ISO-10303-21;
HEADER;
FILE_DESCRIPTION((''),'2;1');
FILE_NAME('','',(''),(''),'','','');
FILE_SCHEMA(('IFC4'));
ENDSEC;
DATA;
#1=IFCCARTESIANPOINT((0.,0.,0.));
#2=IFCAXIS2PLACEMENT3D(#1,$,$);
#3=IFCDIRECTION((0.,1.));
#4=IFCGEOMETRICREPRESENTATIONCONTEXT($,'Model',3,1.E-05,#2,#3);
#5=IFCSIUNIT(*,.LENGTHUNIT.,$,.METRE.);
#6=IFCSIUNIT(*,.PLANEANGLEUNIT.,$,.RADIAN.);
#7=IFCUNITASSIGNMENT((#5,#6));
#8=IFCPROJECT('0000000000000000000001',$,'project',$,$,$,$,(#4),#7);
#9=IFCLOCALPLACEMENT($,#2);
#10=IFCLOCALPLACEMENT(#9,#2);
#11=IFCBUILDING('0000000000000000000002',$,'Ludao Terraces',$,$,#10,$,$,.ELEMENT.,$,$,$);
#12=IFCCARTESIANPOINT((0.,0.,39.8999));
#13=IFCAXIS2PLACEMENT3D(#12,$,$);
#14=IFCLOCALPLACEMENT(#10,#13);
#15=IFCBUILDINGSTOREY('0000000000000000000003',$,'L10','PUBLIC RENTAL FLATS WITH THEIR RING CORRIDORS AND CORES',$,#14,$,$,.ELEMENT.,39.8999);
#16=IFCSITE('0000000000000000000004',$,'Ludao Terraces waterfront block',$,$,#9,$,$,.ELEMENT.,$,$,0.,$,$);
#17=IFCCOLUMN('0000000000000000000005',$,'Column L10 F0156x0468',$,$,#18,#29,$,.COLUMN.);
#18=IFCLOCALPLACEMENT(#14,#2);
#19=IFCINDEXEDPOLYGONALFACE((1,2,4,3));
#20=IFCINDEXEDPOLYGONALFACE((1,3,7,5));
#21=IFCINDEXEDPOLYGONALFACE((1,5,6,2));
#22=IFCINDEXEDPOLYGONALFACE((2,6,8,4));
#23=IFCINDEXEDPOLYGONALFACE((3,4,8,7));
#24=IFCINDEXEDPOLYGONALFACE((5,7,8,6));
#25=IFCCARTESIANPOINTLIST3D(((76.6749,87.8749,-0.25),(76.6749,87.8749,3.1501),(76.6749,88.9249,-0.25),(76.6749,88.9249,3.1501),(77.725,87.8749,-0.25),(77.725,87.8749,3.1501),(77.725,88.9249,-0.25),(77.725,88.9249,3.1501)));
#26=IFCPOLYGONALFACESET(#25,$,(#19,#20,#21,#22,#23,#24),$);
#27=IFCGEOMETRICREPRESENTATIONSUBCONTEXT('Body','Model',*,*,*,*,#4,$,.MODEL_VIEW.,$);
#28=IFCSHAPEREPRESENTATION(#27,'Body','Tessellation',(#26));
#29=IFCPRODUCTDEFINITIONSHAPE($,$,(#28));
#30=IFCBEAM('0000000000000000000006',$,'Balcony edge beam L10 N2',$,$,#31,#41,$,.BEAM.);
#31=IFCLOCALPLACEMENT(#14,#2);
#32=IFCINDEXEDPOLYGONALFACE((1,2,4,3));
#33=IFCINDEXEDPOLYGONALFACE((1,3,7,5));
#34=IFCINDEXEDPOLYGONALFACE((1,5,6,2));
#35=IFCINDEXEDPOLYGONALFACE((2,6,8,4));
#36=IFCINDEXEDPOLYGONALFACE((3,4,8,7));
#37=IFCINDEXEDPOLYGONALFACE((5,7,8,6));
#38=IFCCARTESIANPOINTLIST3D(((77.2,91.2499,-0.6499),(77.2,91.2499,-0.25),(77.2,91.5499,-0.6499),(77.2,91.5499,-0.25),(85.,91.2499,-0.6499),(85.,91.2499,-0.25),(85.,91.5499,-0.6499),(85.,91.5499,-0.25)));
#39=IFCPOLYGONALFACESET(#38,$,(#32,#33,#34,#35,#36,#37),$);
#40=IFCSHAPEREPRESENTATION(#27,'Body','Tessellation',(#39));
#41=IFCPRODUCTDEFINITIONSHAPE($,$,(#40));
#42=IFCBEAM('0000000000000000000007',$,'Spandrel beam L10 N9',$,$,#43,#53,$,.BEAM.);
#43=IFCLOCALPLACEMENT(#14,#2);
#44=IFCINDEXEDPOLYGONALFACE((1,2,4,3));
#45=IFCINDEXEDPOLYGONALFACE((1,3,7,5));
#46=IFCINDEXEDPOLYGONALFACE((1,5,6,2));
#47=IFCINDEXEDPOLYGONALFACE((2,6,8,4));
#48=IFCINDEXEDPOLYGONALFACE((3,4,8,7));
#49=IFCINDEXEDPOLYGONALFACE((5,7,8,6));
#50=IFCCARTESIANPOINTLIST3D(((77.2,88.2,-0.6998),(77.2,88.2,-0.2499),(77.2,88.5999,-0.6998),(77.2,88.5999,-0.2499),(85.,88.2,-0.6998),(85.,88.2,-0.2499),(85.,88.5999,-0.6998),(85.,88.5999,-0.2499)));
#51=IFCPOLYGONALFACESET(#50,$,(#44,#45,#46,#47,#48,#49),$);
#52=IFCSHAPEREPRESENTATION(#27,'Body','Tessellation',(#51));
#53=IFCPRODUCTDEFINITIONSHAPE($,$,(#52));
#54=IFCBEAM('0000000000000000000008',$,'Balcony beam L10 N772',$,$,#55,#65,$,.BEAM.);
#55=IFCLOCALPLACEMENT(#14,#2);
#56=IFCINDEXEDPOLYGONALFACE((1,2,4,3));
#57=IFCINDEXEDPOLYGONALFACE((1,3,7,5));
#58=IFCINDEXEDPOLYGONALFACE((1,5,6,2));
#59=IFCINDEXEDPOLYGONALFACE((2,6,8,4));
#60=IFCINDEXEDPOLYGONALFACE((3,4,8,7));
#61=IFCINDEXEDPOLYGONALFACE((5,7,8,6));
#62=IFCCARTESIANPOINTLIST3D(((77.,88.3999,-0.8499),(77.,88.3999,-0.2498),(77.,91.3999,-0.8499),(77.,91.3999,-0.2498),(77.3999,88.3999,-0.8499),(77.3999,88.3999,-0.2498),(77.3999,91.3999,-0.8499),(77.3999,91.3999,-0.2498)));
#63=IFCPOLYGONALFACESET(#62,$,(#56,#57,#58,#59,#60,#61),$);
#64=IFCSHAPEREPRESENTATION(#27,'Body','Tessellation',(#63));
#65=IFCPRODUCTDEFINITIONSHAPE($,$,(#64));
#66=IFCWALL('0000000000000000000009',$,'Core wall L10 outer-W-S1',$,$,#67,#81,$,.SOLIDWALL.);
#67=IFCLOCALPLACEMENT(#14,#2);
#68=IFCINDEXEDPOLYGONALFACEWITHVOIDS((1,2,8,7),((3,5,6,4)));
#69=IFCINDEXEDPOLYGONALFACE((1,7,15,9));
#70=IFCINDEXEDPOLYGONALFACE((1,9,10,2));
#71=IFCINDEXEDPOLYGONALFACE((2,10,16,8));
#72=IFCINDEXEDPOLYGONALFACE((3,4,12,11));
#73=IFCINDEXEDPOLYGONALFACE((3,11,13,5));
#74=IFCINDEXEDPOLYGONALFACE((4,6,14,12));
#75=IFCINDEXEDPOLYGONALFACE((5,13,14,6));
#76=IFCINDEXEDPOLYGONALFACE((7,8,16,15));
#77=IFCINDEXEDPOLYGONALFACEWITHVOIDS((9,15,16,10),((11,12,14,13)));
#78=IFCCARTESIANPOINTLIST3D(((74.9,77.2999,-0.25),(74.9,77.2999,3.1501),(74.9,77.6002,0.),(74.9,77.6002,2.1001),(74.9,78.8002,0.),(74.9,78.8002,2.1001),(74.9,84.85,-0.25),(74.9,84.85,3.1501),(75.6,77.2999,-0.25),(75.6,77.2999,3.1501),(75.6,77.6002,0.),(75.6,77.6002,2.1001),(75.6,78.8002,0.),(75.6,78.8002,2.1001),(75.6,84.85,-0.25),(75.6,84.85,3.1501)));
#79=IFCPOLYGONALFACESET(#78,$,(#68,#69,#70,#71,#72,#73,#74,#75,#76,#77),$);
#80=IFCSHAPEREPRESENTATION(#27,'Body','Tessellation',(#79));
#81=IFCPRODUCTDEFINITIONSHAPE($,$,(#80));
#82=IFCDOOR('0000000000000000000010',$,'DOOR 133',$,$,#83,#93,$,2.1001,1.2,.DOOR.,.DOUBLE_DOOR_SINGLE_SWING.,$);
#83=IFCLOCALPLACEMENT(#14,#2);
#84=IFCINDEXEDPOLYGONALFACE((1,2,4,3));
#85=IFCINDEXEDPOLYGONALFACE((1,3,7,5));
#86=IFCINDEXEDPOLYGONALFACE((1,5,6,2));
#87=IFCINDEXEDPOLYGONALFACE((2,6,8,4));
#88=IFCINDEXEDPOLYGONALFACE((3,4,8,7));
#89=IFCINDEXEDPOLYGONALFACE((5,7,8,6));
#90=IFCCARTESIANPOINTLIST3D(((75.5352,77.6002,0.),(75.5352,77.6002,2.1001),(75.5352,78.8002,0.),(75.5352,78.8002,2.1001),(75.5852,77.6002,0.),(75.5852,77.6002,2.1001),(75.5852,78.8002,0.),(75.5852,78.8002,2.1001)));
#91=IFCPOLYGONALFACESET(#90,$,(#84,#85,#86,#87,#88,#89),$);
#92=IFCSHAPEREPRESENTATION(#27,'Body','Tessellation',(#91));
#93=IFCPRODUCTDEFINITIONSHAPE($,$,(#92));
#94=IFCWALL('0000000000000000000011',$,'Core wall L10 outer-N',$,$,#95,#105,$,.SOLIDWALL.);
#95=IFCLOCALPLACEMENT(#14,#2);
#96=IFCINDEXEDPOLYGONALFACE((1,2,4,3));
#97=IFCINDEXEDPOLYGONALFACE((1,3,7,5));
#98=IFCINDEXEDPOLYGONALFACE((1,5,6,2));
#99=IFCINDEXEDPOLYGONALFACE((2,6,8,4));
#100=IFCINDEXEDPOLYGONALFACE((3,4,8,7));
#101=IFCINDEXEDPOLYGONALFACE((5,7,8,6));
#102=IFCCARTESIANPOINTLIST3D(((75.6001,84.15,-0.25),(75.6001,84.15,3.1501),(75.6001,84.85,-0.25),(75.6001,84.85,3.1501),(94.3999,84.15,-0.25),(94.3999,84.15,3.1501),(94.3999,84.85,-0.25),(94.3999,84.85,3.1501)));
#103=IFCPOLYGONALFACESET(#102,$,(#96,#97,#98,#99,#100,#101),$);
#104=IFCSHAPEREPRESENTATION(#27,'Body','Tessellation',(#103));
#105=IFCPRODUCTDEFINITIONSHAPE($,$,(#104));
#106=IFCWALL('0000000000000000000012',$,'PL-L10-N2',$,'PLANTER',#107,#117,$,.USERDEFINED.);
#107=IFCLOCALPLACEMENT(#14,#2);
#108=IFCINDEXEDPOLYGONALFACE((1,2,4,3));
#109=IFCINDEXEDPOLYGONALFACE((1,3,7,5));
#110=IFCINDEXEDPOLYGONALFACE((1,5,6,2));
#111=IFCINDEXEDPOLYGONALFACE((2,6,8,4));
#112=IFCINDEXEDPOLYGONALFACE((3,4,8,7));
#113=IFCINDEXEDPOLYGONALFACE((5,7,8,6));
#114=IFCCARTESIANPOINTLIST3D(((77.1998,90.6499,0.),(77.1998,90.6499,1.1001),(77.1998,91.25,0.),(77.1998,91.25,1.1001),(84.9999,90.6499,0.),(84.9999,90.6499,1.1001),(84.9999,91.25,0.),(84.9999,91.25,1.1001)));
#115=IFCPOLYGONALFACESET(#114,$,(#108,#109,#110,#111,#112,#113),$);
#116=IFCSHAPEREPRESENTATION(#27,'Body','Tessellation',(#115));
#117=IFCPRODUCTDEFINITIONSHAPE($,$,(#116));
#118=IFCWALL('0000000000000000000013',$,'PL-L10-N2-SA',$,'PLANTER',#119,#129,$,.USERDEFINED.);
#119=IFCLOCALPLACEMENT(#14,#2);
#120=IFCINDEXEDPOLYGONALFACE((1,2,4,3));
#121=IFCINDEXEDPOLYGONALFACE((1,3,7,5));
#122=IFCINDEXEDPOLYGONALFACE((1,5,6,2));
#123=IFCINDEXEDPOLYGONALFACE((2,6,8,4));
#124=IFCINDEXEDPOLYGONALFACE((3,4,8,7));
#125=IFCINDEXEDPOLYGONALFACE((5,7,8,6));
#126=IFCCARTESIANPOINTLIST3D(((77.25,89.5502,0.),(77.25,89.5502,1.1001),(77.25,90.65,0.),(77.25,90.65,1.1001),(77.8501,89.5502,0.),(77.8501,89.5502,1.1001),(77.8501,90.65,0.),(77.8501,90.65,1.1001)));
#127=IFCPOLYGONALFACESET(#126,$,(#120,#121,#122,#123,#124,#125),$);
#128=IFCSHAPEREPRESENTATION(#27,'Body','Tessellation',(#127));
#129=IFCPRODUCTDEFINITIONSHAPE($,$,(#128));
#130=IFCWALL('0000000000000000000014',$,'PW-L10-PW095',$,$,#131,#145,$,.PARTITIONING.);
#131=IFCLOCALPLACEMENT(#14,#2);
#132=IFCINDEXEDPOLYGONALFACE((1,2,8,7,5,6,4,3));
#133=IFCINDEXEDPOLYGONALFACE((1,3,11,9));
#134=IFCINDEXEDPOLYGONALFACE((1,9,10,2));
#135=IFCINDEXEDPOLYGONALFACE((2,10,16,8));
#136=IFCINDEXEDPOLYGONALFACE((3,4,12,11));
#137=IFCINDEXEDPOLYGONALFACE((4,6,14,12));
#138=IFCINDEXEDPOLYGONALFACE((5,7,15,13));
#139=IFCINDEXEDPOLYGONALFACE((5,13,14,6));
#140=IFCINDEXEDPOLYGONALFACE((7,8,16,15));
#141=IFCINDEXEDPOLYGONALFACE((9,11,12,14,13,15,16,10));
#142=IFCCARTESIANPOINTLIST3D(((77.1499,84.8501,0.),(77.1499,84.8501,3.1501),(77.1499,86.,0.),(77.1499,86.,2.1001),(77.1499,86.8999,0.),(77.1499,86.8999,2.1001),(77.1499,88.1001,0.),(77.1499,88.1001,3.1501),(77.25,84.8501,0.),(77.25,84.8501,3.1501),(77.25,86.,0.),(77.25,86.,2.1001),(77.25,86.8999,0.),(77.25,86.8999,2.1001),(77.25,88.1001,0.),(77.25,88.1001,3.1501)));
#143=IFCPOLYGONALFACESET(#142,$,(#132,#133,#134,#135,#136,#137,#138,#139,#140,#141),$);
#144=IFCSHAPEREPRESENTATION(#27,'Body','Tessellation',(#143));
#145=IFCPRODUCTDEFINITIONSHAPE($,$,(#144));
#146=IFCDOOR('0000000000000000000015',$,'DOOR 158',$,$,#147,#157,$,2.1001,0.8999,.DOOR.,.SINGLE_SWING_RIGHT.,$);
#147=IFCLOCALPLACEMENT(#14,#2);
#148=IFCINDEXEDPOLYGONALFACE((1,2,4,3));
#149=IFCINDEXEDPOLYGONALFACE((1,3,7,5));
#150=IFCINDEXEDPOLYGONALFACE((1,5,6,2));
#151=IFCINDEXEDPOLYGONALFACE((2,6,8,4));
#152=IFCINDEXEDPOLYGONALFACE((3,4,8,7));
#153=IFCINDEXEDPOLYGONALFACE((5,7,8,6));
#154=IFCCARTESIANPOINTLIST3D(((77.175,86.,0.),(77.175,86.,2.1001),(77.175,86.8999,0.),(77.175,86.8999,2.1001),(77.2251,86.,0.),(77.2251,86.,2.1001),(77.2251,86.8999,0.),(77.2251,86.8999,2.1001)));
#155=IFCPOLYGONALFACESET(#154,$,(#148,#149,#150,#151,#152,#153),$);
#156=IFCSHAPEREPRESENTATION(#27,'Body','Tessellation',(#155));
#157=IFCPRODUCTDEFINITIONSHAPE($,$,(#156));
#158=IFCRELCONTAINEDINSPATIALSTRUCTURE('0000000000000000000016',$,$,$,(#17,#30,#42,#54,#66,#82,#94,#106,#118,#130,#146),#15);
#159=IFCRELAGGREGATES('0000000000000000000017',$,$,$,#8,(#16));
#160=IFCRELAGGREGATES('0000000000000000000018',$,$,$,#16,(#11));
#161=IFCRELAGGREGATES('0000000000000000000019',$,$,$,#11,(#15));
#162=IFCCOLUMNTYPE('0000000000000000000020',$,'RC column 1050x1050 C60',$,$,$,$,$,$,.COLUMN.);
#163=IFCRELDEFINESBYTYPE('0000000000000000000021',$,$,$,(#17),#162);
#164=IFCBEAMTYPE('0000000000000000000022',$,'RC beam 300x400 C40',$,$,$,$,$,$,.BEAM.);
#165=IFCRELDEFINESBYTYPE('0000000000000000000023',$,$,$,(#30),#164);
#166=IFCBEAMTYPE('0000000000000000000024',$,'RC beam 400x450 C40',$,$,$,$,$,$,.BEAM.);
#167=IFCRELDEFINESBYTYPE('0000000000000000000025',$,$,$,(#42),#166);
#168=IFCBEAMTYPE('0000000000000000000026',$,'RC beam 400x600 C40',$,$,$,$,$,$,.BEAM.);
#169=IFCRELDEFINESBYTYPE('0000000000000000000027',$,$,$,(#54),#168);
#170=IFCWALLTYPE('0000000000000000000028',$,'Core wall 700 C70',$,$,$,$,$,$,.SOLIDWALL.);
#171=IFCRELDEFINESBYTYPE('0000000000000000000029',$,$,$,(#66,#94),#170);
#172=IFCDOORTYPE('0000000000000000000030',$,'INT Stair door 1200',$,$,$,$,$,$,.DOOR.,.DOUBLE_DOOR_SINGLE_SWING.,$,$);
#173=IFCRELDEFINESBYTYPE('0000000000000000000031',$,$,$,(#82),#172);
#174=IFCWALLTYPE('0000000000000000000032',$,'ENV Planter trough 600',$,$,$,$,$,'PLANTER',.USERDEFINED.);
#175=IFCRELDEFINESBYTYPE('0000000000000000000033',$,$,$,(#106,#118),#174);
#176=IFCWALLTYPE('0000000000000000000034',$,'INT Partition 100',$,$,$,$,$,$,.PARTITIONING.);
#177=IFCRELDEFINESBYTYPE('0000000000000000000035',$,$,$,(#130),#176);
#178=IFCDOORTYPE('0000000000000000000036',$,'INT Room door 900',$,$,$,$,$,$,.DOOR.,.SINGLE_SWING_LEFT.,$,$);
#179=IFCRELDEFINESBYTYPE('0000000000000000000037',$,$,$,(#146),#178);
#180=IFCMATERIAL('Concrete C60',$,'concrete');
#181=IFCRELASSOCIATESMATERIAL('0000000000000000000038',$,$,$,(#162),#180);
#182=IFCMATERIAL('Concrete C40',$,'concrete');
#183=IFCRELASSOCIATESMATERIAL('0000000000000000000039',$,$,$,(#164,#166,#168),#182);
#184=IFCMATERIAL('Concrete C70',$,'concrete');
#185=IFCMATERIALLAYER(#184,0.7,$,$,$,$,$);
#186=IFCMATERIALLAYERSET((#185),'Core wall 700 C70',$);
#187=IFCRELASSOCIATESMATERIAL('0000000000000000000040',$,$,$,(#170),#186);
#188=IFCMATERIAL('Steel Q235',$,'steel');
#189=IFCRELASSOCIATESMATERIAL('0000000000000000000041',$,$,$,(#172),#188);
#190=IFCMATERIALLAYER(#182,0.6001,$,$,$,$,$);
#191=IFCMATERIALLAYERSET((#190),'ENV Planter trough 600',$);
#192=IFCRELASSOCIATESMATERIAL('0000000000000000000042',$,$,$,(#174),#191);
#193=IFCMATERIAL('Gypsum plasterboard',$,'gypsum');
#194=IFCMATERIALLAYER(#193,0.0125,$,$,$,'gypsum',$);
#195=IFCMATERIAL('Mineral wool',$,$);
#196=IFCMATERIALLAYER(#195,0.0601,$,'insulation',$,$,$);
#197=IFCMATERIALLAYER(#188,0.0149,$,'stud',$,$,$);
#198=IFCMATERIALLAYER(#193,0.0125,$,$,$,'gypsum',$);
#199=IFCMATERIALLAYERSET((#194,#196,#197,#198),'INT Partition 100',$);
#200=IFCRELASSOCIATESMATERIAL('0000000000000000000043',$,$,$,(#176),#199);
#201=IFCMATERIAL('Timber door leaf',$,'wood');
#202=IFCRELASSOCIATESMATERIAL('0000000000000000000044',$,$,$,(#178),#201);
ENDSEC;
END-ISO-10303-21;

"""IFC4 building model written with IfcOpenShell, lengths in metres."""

from ifc_helpers import new_model, si_unit, direction, frame, frame_2d, origin, origin_2d, place, context, subcontext, project, spatial, rectangle, extrude, material, layer, layer_set, material_profile, profile_set, type_object, element, fill, save


model = new_model("IFC4")

# Units and contexts
model_context = context("Model", 3, precision=1e-05, world=origin(), true_north=direction((0.0, 1.0)))
body_context = subcontext(model_context, "Body", "Model", "MODEL_VIEW")
ifc_project = project(units=[si_unit("LENGTHUNIT", "METRE"), si_unit("PLANEANGLEUNIT", "RADIAN")], contexts=[model_context])

# Site, building, storey
site_placement = place(None, origin())
site = spatial("IfcSite", under=ifc_project, at=site_placement, Name="Ludao Terraces waterfront block", CompositionType="ELEMENT", RefElevation=0.0)
building_placement = place(site_placement, origin())
building = spatial("IfcBuilding", under=site, at=building_placement, Name="Ludao Terraces", CompositionType="ELEMENT")
storey_placement = place(building_placement, frame((0.0, 0.0, 39.8999)))
storey = spatial("IfcBuildingStorey", under=building, at=storey_placement, Name="L10", Description="PUBLIC RENTAL FLATS WITH THEIR RING CORRIDORS AND CORES", CompositionType="ELEMENT", Elevation=39.8999)

# Column
ifc_material_1 = material(Name="Concrete C60", Category="concrete")
ifc_material_profile_1 = material_profile(ifc_material_1, rectangle(XDim=1.05, YDim=1.05, at=origin_2d()), Name="1050 X 1050")
ifc_profile_set_1 = profile_set([ifc_material_profile_1], Name="Concrete C60")
column_type = type_object("IfcColumnType", Name="RC column 1050x1050 C60", PredefinedType="COLUMN", material=ifc_profile_set_1)
column_placement = place(storey_placement, frame((77.2, 88.3999, -0.25), z_axis=(0.0, 0.0, 1.0), x_axis=(1.0, 0.0, 0.0)))
element("IfcColumn", 1, at=column_placement, inside=storey, type_object=column_type, Name="Column L10 F0156x0468", PredefinedType="COLUMN", context=body_context, shape_type="SweptSolid", body=[
    extrude(rectangle(XDim=1.05, YDim=1.05, at=origin_2d()), origin(), (0.0, 0.0, 1.0), 3.4001),
])

# Beams
ifc_material_2 = material(Name="Concrete C40", Category="concrete")
ifc_material_profile_2 = material_profile(ifc_material_2, rectangle(XDim=0.3, YDim=0.3999, at=origin_2d()), Name="300 X 400")
ifc_profile_set_2 = profile_set([ifc_material_profile_2], Name="Concrete C40")
beam_type_1 = type_object("IfcBeamType", Name="RC beam 300x400 C40", PredefinedType="BEAM", material=ifc_profile_set_2)
beam_1_placement = place(storey_placement, frame((77.2, 91.3999, -0.45), z_axis=(1.0, 0.0, 0.0), x_axis=(0.0, 1.0, 0.0)))
element("IfcBeam", 2, at=beam_1_placement, inside=storey, type_object=beam_type_1, Name="Balcony edge beam L10 N2", PredefinedType="BEAM", context=body_context, shape_type="SweptSolid", body=[
    extrude(rectangle(XDim=0.3, YDim=0.3999, at=origin_2d()), origin(), (0.0, 0.0, 1.0), 7.8),
])
ifc_material_profile_3 = material_profile(ifc_material_2, rectangle(XDim=0.3999, YDim=0.45, at=origin_2d()), Name="400 X 450")
ifc_profile_set_3 = profile_set([ifc_material_profile_3], Name="Concrete C40")
beam_type_2 = type_object("IfcBeamType", Name="RC beam 400x450 C40", PredefinedType="BEAM", material=ifc_profile_set_3)
beam_2_placement = place(storey_placement, frame((77.2, 88.3999, -0.4749), z_axis=(1.0, 0.0, 0.0), x_axis=(0.0, 1.0, 0.0)))
element("IfcBeam", 3, at=beam_2_placement, inside=storey, type_object=beam_type_2, Name="Spandrel beam L10 N9", PredefinedType="BEAM", context=body_context, shape_type="SweptSolid", body=[
    extrude(rectangle(XDim=0.3999, YDim=0.45, at=origin_2d()), origin(), (0.0, 0.0, 1.0), 7.8),
])
ifc_material_profile_4 = material_profile(ifc_material_2, rectangle(XDim=0.3999, YDim=0.6001, at=origin_2d()), Name="400 X 600")
ifc_profile_set_4 = profile_set([ifc_material_profile_4], Name="Concrete C40")
beam_type_3 = type_object("IfcBeamType", Name="RC beam 400x600 C40", PredefinedType="BEAM", material=ifc_profile_set_4)
beam_3_placement = place(storey_placement, frame((77.2, 88.3999, -0.5498), z_axis=(0.0, 1.0, 0.0), x_axis=(-1.0, 0.0, 0.0)))
element("IfcBeam", 4, at=beam_3_placement, inside=storey, type_object=beam_type_3, Name="Balcony beam L10 N772", PredefinedType="BEAM", context=body_context, shape_type="SweptSolid", body=[
    extrude(rectangle(XDim=0.3999, YDim=0.6001, at=origin_2d()), origin(), (0.0, 0.0, 1.0), 3.0),
])

# Wall, opening, door
ifc_material_3 = material(Name="Concrete C70", Category="concrete")
ifc_layer_1 = layer(ifc_material_3, 0.7)
ifc_layer_set_1 = layer_set([ifc_layer_1], Name="Core wall 700 C70")
wall_type_1 = type_object("IfcWallType", Name="Core wall 700 C70", PredefinedType="SOLIDWALL", material=ifc_layer_set_1)
wall_1_placement = place(storey_placement, frame((75.25, 77.3, -0.25), z_axis=(0.0, 0.0, 1.0), x_axis=(0.0, 1.0, 0.0)))
wall_1 = element("IfcWall", 5, at=wall_1_placement, inside=storey, type_object=wall_type_1, Name="Core wall L10 outer-W-S1", PredefinedType="SOLIDWALL", context=body_context, shape_type="SweptSolid", body=[
    extrude(rectangle(XDim=7.55, YDim=0.7, at=frame_2d((3.7749, 0.0))), origin(), (0.0, 0.0, 1.0), 3.4001),
])
opening_1_placement = place(wall_1_placement, frame((0.3, 0.0, 0.25)))
opening_1 = element("IfcOpeningElement", 6, at=opening_1_placement, cuts=wall_1, PredefinedType="OPENING", context=body_context, shape_type="SweptSolid", body=[
    extrude(rectangle(XDim=1.2, YDim=2.1001, at=frame_2d((0.6001, 1.05))), frame((0.0, 0.3599, 0.0), z_axis=(0.0, -1.0, 0.0), x_axis=(1.0, 0.0, 0.0)), (0.0, 0.0, 1.0), 0.72),
])
ifc_material_4 = material(Name="Steel Q235", Category="steel")
door_type_1 = type_object("IfcDoorType", Name="INT Stair door 1200", OperationType="DOUBLE_DOOR_SINGLE_SWING", PredefinedType="DOOR", material=ifc_material_4)
door_1_placement = place(opening_1_placement, origin())
door_1 = element("IfcDoor", 7, at=door_1_placement, inside=storey, type_object=door_type_1, Name="DOOR 133", OperationType="DOUBLE_DOOR_SINGLE_SWING", OverallHeight=2.1001, OverallWidth=1.2, PredefinedType="DOOR", context=body_context, shape_type="SweptSolid", body=[
    extrude(rectangle(XDim=1.2, YDim=2.1001, at=frame_2d((0.6001, 1.05))), frame((0.0, -0.2852, 0.0), z_axis=(0.0, -1.0, 0.0), x_axis=(1.0, 0.0, 0.0)), (0.0, 0.0, 1.0), 0.05),
])
fill(opening_1, door_1)

# Walls
wall_2_placement = place(storey_placement, frame((75.6001, 84.5, -0.25), z_axis=(0.0, 0.0, 1.0), x_axis=(1.0, 0.0, 0.0)))
element("IfcWall", 8, at=wall_2_placement, inside=storey, type_object=wall_type_1, Name="Core wall L10 outer-N", PredefinedType="SOLIDWALL", context=body_context, shape_type="SweptSolid", body=[
    extrude(rectangle(XDim=18.7998, YDim=0.7, at=frame_2d((9.3999, 0.0))), origin(), (0.0, 0.0, 1.0), 3.4001),
])
ifc_layer_2 = layer(ifc_material_2, 0.6001)
ifc_layer_set_2 = layer_set([ifc_layer_2], Name="ENV Planter trough 600")
wall_type_2 = type_object("IfcWallType", Name="ENV Planter trough 600", ElementType="PLANTER", PredefinedType="USERDEFINED", material=ifc_layer_set_2)
wall_3_placement = place(storey_placement, frame((77.2, 90.95, 0.0), z_axis=(0.0, 0.0, 1.0), x_axis=(1.0, 0.0, 0.0)))
element("IfcWall", 9, at=wall_3_placement, inside=storey, type_object=wall_type_2, Name="PL-L10-N2", ObjectType="PLANTER", PredefinedType="USERDEFINED", context=body_context, shape_type="SweptSolid", body=[
    extrude(rectangle(XDim=7.8, YDim=0.6001, at=frame_2d((3.8999, 0.0))), origin(), (0.0, 0.0, 1.0), 1.1001),
])
wall_4_placement = place(storey_placement, frame((77.55, 90.6499, 0.0), z_axis=(0.0, 0.0, 1.0), x_axis=(0.0, -1.0, 0.0)))
element("IfcWall", 10, at=wall_4_placement, inside=storey, type_object=wall_type_2, Name="PL-L10-N2-SA", ObjectType="PLANTER", PredefinedType="USERDEFINED", context=body_context, shape_type="SweptSolid", body=[
    extrude(rectangle(XDim=1.0999, YDim=0.6001, at=frame_2d((0.5498, 0.0))), origin(), (0.0, 0.0, 1.0), 1.1001),
])

# Shared definitions
ifc_material_5 = material(Name="Mineral wool")

# Wall, opening, door
ifc_material_6 = material(Name="Gypsum plasterboard", Category="gypsum")
ifc_layer_3 = layer(ifc_material_6, 0.0125, Category="gypsum")
ifc_layer_4 = layer(ifc_material_5, 0.0601, Name="insulation")
ifc_layer_5 = layer(ifc_material_4, 0.0149, Name="stud")
ifc_layer_6 = layer(ifc_material_6, 0.0125, Category="gypsum")
ifc_layer_set_3 = layer_set([ifc_layer_3, ifc_layer_4, ifc_layer_5, ifc_layer_6], Name="INT Partition 100")
wall_type_3 = type_object("IfcWallType", Name="INT Partition 100", PredefinedType="PARTITIONING", material=ifc_layer_set_3)
wall_5_placement = place(storey_placement, frame((77.2, 84.8501, 0.0), z_axis=(0.0, 0.0, 1.0), x_axis=(0.0, 1.0, 0.0)))
wall_5 = element("IfcWall", 11, at=wall_5_placement, inside=storey, type_object=wall_type_3, Name="PW-L10-PW095", PredefinedType="PARTITIONING", context=body_context, shape_type="SweptSolid", body=[
    extrude(rectangle(XDim=3.25, YDim=0.1001, at=frame_2d((1.625, 0.0))), origin(), (0.0, 0.0, 1.0), 3.1501),
])
opening_2_placement = place(wall_5_placement, frame((1.1499, 0.0, 0.0)))
opening_2 = element("IfcOpeningElement", 12, at=opening_2_placement, cuts=wall_5, PredefinedType="OPENING", context=body_context, shape_type="SweptSolid", body=[
    extrude(rectangle(XDim=0.8999, YDim=2.1001, at=frame_2d((0.45, 1.05))), frame((0.0, 0.0601, 0.0), z_axis=(0.0, -1.0, 0.0), x_axis=(1.0, 0.0, 0.0)), (0.0, 0.0, 1.0), 0.1201),
])
ifc_material_7 = material(Name="Timber door leaf", Category="wood")
door_type_2 = type_object("IfcDoorType", Name="INT Room door 900", OperationType="SINGLE_SWING_LEFT", PredefinedType="DOOR", material=ifc_material_7)
door_2_placement = place(opening_2_placement, origin())
door_2 = element("IfcDoor", 13, at=door_2_placement, inside=storey, type_object=door_type_2, Name="DOOR 158", OperationType="SINGLE_SWING_RIGHT", OverallHeight=2.1001, OverallWidth=0.8999, PredefinedType="DOOR", context=body_context, shape_type="SweptSolid", body=[
    extrude(rectangle(XDim=0.8999, YDim=2.1001, at=frame_2d((0.45, 1.05))), frame((0.0, 0.0249, 0.0), z_axis=(0.0, -1.0, 0.0), x_axis=(1.0, 0.0, 0.0)), (0.0, 0.0, 1.0), 0.05),
])
fill(opening_2, door_2)

save(model, "model.ifc")
